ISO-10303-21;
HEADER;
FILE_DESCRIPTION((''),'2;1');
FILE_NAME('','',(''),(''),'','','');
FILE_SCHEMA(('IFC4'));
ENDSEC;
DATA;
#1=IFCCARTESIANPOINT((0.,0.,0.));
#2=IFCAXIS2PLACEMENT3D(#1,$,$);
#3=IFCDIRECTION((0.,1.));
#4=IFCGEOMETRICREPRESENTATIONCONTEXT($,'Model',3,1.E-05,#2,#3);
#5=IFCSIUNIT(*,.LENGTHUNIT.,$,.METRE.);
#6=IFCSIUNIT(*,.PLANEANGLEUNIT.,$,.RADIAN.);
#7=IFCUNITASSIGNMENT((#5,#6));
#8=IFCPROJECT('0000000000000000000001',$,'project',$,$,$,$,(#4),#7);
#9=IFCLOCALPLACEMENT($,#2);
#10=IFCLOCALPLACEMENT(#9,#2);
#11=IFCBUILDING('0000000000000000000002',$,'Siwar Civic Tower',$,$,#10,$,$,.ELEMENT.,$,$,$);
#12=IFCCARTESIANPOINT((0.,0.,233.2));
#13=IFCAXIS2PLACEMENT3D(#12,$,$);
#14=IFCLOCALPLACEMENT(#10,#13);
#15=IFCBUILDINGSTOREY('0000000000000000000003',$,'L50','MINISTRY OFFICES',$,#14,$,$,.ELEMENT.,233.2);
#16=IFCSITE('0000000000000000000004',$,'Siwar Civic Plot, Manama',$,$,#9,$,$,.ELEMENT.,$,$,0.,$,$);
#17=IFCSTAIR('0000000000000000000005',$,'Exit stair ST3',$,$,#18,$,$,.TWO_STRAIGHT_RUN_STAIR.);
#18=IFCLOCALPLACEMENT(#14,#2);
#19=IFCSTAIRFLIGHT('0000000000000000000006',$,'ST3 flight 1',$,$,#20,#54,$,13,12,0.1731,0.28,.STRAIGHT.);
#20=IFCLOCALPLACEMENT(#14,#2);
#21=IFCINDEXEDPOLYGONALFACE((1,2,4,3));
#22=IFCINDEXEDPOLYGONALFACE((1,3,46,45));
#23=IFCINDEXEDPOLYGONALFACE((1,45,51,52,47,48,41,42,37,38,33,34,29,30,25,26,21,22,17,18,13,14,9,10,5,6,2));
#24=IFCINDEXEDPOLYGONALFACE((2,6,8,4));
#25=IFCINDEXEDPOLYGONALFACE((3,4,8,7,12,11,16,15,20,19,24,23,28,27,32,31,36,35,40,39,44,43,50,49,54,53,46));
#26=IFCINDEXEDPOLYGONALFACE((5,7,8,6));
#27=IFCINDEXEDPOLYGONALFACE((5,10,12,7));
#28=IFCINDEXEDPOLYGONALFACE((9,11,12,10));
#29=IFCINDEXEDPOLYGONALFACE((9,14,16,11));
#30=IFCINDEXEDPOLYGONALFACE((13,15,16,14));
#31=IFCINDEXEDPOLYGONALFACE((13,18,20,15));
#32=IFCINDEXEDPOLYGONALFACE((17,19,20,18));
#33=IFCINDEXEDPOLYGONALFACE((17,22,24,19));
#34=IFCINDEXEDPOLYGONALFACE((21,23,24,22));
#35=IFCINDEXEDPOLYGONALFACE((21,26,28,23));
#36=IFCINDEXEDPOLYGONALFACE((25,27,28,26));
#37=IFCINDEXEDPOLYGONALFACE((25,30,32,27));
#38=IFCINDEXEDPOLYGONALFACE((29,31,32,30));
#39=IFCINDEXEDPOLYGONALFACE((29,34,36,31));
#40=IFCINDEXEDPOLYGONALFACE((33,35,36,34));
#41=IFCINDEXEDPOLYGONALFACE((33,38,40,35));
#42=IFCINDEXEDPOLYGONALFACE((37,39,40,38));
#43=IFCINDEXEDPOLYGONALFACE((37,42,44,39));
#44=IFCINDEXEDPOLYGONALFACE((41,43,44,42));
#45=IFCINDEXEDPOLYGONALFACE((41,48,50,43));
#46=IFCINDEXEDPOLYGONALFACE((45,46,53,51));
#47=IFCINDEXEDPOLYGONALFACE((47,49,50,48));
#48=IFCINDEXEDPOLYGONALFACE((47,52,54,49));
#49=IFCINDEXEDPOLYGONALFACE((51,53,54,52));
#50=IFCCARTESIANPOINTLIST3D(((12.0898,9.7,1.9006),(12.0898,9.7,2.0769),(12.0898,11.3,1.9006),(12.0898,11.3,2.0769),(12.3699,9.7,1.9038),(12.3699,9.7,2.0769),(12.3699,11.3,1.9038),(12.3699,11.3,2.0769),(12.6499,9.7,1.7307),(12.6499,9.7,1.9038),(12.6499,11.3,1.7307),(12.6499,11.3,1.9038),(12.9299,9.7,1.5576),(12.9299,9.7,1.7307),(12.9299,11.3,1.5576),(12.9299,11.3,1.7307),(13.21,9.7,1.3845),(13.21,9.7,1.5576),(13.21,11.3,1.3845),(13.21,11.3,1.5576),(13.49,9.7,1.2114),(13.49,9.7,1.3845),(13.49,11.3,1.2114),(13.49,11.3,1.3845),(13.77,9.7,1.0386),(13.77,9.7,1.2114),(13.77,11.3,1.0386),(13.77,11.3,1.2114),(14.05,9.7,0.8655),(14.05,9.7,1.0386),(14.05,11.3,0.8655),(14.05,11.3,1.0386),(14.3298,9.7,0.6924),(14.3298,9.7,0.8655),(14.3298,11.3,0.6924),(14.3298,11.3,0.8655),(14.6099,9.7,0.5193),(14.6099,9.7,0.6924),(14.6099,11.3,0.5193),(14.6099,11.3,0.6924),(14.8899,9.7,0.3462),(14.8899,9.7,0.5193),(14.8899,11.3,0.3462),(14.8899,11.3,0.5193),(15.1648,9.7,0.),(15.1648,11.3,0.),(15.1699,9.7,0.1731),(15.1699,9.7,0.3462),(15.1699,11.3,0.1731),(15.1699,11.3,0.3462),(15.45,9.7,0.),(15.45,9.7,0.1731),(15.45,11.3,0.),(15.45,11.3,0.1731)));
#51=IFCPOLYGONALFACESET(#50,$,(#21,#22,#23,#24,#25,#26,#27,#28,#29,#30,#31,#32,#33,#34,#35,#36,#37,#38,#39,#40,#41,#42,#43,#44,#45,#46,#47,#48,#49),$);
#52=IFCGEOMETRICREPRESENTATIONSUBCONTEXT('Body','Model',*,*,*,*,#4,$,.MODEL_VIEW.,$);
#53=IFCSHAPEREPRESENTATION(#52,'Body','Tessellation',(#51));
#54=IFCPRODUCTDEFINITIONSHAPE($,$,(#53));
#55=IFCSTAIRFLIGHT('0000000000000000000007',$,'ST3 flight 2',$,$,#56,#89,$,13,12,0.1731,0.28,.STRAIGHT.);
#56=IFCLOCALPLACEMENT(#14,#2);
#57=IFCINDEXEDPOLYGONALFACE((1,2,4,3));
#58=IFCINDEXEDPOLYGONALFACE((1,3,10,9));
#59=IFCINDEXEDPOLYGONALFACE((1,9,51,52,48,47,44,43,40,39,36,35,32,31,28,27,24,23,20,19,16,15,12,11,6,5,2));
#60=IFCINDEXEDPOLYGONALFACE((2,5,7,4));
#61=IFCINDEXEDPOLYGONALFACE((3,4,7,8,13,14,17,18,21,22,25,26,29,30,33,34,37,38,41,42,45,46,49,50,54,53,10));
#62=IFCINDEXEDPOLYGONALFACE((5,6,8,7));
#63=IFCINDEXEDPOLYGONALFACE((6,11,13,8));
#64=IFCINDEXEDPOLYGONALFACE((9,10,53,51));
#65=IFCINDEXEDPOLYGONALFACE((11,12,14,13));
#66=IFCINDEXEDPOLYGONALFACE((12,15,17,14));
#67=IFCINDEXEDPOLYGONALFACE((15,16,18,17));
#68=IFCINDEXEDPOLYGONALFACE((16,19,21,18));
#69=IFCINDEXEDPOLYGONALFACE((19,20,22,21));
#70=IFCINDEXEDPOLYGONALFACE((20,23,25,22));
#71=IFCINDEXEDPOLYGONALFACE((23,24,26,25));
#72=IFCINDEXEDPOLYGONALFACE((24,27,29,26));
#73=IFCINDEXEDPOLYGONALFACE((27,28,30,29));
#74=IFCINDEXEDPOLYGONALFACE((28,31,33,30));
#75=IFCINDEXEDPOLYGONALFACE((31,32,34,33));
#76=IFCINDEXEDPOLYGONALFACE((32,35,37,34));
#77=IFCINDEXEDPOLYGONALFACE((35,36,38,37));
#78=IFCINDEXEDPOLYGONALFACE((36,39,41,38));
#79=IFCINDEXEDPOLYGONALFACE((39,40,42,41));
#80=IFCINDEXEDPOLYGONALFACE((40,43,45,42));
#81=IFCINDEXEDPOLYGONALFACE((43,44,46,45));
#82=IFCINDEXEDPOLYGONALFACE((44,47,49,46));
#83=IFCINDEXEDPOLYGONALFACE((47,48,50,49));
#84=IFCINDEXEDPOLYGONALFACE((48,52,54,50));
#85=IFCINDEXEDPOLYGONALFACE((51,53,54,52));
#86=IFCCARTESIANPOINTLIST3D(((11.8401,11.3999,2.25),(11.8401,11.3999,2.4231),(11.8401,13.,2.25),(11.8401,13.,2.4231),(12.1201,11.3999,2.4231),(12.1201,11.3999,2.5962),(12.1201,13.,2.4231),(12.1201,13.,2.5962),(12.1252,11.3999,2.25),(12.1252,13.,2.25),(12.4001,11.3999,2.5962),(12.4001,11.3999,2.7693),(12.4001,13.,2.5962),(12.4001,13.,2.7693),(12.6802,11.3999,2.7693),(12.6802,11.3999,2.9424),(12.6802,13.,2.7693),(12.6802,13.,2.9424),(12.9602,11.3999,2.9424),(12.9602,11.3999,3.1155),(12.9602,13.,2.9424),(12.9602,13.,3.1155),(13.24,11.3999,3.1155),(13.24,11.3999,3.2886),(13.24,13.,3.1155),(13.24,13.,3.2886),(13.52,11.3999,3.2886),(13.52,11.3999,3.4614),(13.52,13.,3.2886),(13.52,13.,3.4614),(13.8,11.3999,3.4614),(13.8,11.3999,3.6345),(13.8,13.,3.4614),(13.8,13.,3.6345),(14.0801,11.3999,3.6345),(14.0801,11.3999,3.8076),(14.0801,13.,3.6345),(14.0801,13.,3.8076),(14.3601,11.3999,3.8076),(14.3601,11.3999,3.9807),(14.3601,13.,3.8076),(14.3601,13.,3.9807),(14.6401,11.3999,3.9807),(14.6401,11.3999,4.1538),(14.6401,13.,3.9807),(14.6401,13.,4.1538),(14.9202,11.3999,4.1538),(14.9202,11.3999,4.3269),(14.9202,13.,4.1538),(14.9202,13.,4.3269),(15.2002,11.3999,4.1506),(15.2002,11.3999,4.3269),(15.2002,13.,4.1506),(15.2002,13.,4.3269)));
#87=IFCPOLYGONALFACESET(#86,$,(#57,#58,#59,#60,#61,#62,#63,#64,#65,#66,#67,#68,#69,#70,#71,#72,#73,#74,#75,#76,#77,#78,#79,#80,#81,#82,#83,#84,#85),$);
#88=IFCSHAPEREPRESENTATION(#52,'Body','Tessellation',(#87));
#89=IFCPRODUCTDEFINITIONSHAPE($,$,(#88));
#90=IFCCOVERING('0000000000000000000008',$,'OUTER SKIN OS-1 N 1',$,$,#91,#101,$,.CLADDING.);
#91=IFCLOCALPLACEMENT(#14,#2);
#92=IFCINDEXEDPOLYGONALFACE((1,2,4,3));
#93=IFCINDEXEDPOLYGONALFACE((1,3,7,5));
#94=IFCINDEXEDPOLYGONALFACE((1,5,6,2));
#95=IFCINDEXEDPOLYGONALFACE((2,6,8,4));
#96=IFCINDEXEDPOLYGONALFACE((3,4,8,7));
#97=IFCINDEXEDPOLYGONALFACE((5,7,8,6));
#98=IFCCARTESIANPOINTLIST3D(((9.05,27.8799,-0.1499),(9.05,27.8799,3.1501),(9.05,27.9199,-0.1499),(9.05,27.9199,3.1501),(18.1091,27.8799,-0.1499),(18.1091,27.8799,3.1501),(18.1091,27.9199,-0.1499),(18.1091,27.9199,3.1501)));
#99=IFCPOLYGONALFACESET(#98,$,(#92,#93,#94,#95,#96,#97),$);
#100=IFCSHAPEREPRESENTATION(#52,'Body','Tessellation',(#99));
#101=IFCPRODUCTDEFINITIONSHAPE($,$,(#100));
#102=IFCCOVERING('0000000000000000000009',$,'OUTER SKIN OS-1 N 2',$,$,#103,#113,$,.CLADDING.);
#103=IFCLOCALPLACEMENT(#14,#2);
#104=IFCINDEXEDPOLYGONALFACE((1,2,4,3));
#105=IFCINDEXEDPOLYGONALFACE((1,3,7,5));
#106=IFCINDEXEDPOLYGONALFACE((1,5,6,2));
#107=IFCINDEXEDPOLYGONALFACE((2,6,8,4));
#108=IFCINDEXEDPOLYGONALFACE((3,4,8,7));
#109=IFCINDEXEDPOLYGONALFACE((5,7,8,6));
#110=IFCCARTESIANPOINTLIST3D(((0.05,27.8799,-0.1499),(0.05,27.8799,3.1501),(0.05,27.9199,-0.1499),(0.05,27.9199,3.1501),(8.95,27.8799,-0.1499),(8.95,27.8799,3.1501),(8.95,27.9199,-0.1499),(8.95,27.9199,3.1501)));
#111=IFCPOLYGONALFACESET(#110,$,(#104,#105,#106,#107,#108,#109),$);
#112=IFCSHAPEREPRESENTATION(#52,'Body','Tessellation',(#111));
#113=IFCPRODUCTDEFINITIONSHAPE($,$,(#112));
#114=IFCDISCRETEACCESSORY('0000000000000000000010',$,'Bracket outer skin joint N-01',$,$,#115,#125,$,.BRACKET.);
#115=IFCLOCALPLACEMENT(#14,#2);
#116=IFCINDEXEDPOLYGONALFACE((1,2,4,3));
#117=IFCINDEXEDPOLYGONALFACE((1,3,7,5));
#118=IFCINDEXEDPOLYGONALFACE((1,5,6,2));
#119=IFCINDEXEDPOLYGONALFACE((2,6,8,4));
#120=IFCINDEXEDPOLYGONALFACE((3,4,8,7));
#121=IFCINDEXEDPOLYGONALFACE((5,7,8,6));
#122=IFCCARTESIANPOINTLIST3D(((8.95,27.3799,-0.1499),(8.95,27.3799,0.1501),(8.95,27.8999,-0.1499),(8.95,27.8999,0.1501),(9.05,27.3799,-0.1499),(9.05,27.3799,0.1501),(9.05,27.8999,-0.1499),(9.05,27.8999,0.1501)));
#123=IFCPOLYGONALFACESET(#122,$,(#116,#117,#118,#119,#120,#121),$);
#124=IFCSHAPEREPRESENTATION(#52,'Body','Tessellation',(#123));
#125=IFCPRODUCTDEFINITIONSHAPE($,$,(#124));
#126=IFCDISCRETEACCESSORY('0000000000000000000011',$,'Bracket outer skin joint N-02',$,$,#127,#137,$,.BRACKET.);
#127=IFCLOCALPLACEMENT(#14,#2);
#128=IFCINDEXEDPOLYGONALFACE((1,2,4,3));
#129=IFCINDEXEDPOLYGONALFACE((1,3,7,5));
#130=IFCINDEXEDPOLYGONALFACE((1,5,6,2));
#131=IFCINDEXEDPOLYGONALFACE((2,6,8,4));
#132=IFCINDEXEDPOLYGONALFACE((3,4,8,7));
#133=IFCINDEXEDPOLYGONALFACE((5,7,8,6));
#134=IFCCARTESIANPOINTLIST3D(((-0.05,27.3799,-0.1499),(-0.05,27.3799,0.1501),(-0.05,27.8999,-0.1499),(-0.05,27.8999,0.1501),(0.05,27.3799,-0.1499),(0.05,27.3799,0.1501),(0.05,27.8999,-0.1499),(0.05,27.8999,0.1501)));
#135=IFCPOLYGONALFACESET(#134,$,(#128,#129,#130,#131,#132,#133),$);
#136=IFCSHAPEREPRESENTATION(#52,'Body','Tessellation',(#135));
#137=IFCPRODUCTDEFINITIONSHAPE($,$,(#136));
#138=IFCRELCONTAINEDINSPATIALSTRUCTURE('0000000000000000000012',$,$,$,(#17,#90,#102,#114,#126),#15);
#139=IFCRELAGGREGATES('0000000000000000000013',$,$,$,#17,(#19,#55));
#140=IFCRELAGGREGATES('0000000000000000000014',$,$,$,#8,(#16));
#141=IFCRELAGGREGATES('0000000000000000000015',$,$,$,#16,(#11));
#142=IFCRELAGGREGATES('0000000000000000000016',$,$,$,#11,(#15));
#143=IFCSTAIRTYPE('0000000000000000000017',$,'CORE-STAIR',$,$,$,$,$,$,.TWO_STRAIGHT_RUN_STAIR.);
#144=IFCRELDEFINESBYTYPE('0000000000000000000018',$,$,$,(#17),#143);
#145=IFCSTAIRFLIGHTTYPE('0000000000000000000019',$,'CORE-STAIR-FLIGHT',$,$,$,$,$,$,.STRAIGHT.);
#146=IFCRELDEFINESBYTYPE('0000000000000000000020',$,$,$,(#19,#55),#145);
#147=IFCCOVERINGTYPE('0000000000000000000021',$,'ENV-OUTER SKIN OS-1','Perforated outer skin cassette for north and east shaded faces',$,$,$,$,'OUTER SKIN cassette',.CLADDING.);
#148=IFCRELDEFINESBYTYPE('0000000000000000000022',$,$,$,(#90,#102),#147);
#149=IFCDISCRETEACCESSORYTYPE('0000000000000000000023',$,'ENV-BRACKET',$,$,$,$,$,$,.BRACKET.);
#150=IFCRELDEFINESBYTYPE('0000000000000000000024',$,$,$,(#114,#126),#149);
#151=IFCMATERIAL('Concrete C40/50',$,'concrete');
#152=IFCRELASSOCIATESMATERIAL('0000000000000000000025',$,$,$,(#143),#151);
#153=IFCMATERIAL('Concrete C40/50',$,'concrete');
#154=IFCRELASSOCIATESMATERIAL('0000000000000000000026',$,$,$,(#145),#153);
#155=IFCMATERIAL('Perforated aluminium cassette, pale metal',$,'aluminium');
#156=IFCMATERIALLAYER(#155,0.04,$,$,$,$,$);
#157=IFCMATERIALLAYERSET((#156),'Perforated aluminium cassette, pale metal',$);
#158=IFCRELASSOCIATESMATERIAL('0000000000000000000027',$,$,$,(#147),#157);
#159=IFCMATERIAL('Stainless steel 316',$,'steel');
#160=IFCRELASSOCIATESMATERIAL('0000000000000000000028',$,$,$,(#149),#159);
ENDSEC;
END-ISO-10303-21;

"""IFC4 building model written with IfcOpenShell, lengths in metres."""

from ifc_helpers import new_model, si_unit, direction, frame, origin, origin_2d, place, context, subcontext, project, spatial, polyline, rectangle, outline, extrude, material, layer, layer_set, type_object, element, aggregate, save


model = new_model("IFC4")

# Units and contexts
model_context = context("Model", 3, precision=1e-05, world=origin(), true_north=direction((0.0, 1.0)))
body_context = subcontext(model_context, "Body", "Model", "MODEL_VIEW")
ifc_project = project(units=[si_unit("LENGTHUNIT", "METRE"), si_unit("PLANEANGLEUNIT", "RADIAN")], contexts=[model_context])

# Site, building, storey
site_placement = place(None, origin())
site = spatial("IfcSite", under=ifc_project, at=site_placement, Name="Siwar Civic Plot, Manama", CompositionType="ELEMENT", RefElevation=0.0)
building_placement = place(site_placement, origin())
building = spatial("IfcBuilding", under=site, at=building_placement, Name="Siwar Civic Tower", CompositionType="ELEMENT")
storey_placement = place(building_placement, frame((0.0, 0.0, 233.2)))
storey = spatial("IfcBuildingStorey", under=building, at=storey_placement, Name="L50", Description="MINISTRY OFFICES", CompositionType="ELEMENT", Elevation=233.2)

# Stair, stair flights
ifc_material_1 = material(Name="Concrete C40/50", Category="concrete")
stair_type = type_object("IfcStairType", Name="CORE-STAIR", PredefinedType="TWO_STRAIGHT_RUN_STAIR", material=ifc_material_1)
stair_placement = place(storey_placement, origin())
stair = element("IfcStair", 1, at=stair_placement, inside=storey, type_object=stair_type, Name="Exit stair ST3", PredefinedType="TWO_STRAIGHT_RUN_STAIR")
ifc_material_2 = material(Name="Concrete C40/50", Category="concrete")
stair_flight_type = type_object("IfcStairFlightType", Name="CORE-STAIR-FLIGHT", PredefinedType="STRAIGHT", material=ifc_material_2)
stair_flight_1_placement = place(storey_placement, frame((15.45, 10.5, 0.0), z_axis=(0.0, 0.0, 1.0), x_axis=(-1.0, 0.0, 0.0)))
stair_flight_1 = element("IfcStairFlight", 2, at=stair_flight_1_placement, type_object=stair_flight_type, Name="ST3 flight 1", NumberOfRisers=13, NumberOfTreads=12, PredefinedType="STRAIGHT", RiserHeight=0.1731, TreadLength=0.28, context=body_context, shape_type="SweptSolid", body=[
    extrude(outline(polyline([(0.0, 0.0), (0.0, 0.1731), (0.28, 0.1731), (0.28, 0.3462), (0.5601, 0.3462), (0.5601, 0.5193), (0.8401, 0.5193), (0.8401, 0.6924), (1.1201, 0.6924), (1.1201, 0.8655), (1.3999, 0.8655), (1.3999, 1.0386), (1.6799, 1.0386), (1.6799, 1.2114), (1.96, 1.2114), (1.96, 1.3845), (2.24, 1.3845), (2.24, 1.5576), (2.52, 1.5576), (2.52, 1.7307), (2.8, 1.7307), (2.8, 1.9038), (3.0801, 1.9038), (3.0801, 2.0769), (3.3601, 2.0769), (3.3601, 2.25), (3.3601, 1.9006), (0.2852, 0.0), (0.0, 0.0)])), frame((0.0, 0.8, 0.0), z_axis=(0.0, -1.0, 0.0), x_axis=(1.0, 0.0, 0.0)), (0.0, 0.0, 1.0), 1.6001),
])
stair_flight_2_placement = place(storey_placement, frame((11.8401, 12.2, 2.25), z_axis=(0.0, 0.0, 1.0), x_axis=(1.0, 0.0, 0.0)))
stair_flight_2 = element("IfcStairFlight", 3, at=stair_flight_2_placement, type_object=stair_flight_type, Name="ST3 flight 2", NumberOfRisers=13, NumberOfTreads=12, PredefinedType="STRAIGHT", RiserHeight=0.1731, TreadLength=0.28, context=body_context, shape_type="SweptSolid", body=[
    extrude(outline(polyline([(0.0, 0.0), (0.0, 0.1731), (0.28, 0.1731), (0.28, 0.3462), (0.5601, 0.3462), (0.5601, 0.5193), (0.8401, 0.5193), (0.8401, 0.6924), (1.1201, 0.6924), (1.1201, 0.8655), (1.3999, 0.8655), (1.3999, 1.0386), (1.6799, 1.0386), (1.6799, 1.2114), (1.96, 1.2114), (1.96, 1.3845), (2.24, 1.3845), (2.24, 1.5576), (2.52, 1.5576), (2.52, 1.7307), (2.8, 1.7307), (2.8, 1.9038), (3.0801, 1.9038), (3.0801, 2.0769), (3.3601, 2.0769), (3.3601, 2.25), (3.3601, 1.9006), (0.2852, 0.0), (0.0, 0.0)])), frame((0.0, 0.8, 0.0), z_axis=(0.0, -1.0, 0.0), x_axis=(1.0, 0.0, 0.0)), (0.0, 0.0, 1.0), 1.6001),
])
aggregate(stair, [stair_flight_1, stair_flight_2])

# Coverings
ifc_material_3 = material(Name="Perforated aluminium cassette, pale metal", Category="aluminium")
ifc_layer_1 = layer(ifc_material_3, 0.04)
ifc_layer_set_1 = layer_set([ifc_layer_1], Name="Perforated aluminium cassette, pale metal")
covering_type = type_object("IfcCoveringType", Name="ENV-OUTER SKIN OS-1", Description="Perforated outer skin cassette for north and east shaded faces", ElementType="OUTER SKIN cassette", PredefinedType="CLADDING", material=ifc_layer_set_1)
covering_1_placement = place(storey_placement, frame((13.5796, 27.8999, -0.1499), z_axis=(0.0, 0.0, 1.0), x_axis=(-1.0, 0.0, 0.0)))
element("IfcCovering", 4, at=covering_1_placement, inside=storey, type_object=covering_type, Name="OUTER SKIN OS-1 N 1", PredefinedType="CLADDING", context=body_context, shape_type="SweptSolid", body=[
    extrude(rectangle(XDim=9.0591, YDim=0.04, at=origin_2d()), origin(), (0.0, 0.0, 1.0), 3.3),
])
covering_2_placement = place(storey_placement, frame((4.5, 27.8999, -0.1499), z_axis=(0.0, 0.0, 1.0), x_axis=(-1.0, 0.0, 0.0)))
element("IfcCovering", 5, at=covering_2_placement, inside=storey, type_object=covering_type, Name="OUTER SKIN OS-1 N 2", PredefinedType="CLADDING", context=body_context, shape_type="SweptSolid", body=[
    extrude(rectangle(XDim=8.8999, YDim=0.04, at=origin_2d()), origin(), (0.0, 0.0, 1.0), 3.3),
])

# Discrete accessories
ifc_material_4 = material(Name="Stainless steel 316", Category="steel")
discrete_accessory_type = type_object("IfcDiscreteAccessoryType", Name="ENV-BRACKET", PredefinedType="BRACKET", material=ifc_material_4)
for number, where, z_axis, x_axis, name in (
    (6, (9.0, 27.6399, -0.1499), (0.0, 0.0, 1.0), (0.0, 1.0, 0.0), "Bracket outer skin joint N-01"),
    (7, (0.0, 27.6399, -0.1499), (0.0, 0.0, 1.0), (0.0, 1.0, 0.0), "Bracket outer skin joint N-02"),
):
    element("IfcDiscreteAccessory", number, at=place(storey_placement, frame(where, z_axis=z_axis, x_axis=x_axis)), inside=storey, type_object=discrete_accessory_type, Name=name, PredefinedType="BRACKET", context=body_context, shape_type="SweptSolid", body=[
        extrude(rectangle(XDim=0.52, YDim=0.1001, at=origin_2d()), origin(), (0.0, 0.0, 1.0), 0.3),
    ])

save(model, "model.ifc")
